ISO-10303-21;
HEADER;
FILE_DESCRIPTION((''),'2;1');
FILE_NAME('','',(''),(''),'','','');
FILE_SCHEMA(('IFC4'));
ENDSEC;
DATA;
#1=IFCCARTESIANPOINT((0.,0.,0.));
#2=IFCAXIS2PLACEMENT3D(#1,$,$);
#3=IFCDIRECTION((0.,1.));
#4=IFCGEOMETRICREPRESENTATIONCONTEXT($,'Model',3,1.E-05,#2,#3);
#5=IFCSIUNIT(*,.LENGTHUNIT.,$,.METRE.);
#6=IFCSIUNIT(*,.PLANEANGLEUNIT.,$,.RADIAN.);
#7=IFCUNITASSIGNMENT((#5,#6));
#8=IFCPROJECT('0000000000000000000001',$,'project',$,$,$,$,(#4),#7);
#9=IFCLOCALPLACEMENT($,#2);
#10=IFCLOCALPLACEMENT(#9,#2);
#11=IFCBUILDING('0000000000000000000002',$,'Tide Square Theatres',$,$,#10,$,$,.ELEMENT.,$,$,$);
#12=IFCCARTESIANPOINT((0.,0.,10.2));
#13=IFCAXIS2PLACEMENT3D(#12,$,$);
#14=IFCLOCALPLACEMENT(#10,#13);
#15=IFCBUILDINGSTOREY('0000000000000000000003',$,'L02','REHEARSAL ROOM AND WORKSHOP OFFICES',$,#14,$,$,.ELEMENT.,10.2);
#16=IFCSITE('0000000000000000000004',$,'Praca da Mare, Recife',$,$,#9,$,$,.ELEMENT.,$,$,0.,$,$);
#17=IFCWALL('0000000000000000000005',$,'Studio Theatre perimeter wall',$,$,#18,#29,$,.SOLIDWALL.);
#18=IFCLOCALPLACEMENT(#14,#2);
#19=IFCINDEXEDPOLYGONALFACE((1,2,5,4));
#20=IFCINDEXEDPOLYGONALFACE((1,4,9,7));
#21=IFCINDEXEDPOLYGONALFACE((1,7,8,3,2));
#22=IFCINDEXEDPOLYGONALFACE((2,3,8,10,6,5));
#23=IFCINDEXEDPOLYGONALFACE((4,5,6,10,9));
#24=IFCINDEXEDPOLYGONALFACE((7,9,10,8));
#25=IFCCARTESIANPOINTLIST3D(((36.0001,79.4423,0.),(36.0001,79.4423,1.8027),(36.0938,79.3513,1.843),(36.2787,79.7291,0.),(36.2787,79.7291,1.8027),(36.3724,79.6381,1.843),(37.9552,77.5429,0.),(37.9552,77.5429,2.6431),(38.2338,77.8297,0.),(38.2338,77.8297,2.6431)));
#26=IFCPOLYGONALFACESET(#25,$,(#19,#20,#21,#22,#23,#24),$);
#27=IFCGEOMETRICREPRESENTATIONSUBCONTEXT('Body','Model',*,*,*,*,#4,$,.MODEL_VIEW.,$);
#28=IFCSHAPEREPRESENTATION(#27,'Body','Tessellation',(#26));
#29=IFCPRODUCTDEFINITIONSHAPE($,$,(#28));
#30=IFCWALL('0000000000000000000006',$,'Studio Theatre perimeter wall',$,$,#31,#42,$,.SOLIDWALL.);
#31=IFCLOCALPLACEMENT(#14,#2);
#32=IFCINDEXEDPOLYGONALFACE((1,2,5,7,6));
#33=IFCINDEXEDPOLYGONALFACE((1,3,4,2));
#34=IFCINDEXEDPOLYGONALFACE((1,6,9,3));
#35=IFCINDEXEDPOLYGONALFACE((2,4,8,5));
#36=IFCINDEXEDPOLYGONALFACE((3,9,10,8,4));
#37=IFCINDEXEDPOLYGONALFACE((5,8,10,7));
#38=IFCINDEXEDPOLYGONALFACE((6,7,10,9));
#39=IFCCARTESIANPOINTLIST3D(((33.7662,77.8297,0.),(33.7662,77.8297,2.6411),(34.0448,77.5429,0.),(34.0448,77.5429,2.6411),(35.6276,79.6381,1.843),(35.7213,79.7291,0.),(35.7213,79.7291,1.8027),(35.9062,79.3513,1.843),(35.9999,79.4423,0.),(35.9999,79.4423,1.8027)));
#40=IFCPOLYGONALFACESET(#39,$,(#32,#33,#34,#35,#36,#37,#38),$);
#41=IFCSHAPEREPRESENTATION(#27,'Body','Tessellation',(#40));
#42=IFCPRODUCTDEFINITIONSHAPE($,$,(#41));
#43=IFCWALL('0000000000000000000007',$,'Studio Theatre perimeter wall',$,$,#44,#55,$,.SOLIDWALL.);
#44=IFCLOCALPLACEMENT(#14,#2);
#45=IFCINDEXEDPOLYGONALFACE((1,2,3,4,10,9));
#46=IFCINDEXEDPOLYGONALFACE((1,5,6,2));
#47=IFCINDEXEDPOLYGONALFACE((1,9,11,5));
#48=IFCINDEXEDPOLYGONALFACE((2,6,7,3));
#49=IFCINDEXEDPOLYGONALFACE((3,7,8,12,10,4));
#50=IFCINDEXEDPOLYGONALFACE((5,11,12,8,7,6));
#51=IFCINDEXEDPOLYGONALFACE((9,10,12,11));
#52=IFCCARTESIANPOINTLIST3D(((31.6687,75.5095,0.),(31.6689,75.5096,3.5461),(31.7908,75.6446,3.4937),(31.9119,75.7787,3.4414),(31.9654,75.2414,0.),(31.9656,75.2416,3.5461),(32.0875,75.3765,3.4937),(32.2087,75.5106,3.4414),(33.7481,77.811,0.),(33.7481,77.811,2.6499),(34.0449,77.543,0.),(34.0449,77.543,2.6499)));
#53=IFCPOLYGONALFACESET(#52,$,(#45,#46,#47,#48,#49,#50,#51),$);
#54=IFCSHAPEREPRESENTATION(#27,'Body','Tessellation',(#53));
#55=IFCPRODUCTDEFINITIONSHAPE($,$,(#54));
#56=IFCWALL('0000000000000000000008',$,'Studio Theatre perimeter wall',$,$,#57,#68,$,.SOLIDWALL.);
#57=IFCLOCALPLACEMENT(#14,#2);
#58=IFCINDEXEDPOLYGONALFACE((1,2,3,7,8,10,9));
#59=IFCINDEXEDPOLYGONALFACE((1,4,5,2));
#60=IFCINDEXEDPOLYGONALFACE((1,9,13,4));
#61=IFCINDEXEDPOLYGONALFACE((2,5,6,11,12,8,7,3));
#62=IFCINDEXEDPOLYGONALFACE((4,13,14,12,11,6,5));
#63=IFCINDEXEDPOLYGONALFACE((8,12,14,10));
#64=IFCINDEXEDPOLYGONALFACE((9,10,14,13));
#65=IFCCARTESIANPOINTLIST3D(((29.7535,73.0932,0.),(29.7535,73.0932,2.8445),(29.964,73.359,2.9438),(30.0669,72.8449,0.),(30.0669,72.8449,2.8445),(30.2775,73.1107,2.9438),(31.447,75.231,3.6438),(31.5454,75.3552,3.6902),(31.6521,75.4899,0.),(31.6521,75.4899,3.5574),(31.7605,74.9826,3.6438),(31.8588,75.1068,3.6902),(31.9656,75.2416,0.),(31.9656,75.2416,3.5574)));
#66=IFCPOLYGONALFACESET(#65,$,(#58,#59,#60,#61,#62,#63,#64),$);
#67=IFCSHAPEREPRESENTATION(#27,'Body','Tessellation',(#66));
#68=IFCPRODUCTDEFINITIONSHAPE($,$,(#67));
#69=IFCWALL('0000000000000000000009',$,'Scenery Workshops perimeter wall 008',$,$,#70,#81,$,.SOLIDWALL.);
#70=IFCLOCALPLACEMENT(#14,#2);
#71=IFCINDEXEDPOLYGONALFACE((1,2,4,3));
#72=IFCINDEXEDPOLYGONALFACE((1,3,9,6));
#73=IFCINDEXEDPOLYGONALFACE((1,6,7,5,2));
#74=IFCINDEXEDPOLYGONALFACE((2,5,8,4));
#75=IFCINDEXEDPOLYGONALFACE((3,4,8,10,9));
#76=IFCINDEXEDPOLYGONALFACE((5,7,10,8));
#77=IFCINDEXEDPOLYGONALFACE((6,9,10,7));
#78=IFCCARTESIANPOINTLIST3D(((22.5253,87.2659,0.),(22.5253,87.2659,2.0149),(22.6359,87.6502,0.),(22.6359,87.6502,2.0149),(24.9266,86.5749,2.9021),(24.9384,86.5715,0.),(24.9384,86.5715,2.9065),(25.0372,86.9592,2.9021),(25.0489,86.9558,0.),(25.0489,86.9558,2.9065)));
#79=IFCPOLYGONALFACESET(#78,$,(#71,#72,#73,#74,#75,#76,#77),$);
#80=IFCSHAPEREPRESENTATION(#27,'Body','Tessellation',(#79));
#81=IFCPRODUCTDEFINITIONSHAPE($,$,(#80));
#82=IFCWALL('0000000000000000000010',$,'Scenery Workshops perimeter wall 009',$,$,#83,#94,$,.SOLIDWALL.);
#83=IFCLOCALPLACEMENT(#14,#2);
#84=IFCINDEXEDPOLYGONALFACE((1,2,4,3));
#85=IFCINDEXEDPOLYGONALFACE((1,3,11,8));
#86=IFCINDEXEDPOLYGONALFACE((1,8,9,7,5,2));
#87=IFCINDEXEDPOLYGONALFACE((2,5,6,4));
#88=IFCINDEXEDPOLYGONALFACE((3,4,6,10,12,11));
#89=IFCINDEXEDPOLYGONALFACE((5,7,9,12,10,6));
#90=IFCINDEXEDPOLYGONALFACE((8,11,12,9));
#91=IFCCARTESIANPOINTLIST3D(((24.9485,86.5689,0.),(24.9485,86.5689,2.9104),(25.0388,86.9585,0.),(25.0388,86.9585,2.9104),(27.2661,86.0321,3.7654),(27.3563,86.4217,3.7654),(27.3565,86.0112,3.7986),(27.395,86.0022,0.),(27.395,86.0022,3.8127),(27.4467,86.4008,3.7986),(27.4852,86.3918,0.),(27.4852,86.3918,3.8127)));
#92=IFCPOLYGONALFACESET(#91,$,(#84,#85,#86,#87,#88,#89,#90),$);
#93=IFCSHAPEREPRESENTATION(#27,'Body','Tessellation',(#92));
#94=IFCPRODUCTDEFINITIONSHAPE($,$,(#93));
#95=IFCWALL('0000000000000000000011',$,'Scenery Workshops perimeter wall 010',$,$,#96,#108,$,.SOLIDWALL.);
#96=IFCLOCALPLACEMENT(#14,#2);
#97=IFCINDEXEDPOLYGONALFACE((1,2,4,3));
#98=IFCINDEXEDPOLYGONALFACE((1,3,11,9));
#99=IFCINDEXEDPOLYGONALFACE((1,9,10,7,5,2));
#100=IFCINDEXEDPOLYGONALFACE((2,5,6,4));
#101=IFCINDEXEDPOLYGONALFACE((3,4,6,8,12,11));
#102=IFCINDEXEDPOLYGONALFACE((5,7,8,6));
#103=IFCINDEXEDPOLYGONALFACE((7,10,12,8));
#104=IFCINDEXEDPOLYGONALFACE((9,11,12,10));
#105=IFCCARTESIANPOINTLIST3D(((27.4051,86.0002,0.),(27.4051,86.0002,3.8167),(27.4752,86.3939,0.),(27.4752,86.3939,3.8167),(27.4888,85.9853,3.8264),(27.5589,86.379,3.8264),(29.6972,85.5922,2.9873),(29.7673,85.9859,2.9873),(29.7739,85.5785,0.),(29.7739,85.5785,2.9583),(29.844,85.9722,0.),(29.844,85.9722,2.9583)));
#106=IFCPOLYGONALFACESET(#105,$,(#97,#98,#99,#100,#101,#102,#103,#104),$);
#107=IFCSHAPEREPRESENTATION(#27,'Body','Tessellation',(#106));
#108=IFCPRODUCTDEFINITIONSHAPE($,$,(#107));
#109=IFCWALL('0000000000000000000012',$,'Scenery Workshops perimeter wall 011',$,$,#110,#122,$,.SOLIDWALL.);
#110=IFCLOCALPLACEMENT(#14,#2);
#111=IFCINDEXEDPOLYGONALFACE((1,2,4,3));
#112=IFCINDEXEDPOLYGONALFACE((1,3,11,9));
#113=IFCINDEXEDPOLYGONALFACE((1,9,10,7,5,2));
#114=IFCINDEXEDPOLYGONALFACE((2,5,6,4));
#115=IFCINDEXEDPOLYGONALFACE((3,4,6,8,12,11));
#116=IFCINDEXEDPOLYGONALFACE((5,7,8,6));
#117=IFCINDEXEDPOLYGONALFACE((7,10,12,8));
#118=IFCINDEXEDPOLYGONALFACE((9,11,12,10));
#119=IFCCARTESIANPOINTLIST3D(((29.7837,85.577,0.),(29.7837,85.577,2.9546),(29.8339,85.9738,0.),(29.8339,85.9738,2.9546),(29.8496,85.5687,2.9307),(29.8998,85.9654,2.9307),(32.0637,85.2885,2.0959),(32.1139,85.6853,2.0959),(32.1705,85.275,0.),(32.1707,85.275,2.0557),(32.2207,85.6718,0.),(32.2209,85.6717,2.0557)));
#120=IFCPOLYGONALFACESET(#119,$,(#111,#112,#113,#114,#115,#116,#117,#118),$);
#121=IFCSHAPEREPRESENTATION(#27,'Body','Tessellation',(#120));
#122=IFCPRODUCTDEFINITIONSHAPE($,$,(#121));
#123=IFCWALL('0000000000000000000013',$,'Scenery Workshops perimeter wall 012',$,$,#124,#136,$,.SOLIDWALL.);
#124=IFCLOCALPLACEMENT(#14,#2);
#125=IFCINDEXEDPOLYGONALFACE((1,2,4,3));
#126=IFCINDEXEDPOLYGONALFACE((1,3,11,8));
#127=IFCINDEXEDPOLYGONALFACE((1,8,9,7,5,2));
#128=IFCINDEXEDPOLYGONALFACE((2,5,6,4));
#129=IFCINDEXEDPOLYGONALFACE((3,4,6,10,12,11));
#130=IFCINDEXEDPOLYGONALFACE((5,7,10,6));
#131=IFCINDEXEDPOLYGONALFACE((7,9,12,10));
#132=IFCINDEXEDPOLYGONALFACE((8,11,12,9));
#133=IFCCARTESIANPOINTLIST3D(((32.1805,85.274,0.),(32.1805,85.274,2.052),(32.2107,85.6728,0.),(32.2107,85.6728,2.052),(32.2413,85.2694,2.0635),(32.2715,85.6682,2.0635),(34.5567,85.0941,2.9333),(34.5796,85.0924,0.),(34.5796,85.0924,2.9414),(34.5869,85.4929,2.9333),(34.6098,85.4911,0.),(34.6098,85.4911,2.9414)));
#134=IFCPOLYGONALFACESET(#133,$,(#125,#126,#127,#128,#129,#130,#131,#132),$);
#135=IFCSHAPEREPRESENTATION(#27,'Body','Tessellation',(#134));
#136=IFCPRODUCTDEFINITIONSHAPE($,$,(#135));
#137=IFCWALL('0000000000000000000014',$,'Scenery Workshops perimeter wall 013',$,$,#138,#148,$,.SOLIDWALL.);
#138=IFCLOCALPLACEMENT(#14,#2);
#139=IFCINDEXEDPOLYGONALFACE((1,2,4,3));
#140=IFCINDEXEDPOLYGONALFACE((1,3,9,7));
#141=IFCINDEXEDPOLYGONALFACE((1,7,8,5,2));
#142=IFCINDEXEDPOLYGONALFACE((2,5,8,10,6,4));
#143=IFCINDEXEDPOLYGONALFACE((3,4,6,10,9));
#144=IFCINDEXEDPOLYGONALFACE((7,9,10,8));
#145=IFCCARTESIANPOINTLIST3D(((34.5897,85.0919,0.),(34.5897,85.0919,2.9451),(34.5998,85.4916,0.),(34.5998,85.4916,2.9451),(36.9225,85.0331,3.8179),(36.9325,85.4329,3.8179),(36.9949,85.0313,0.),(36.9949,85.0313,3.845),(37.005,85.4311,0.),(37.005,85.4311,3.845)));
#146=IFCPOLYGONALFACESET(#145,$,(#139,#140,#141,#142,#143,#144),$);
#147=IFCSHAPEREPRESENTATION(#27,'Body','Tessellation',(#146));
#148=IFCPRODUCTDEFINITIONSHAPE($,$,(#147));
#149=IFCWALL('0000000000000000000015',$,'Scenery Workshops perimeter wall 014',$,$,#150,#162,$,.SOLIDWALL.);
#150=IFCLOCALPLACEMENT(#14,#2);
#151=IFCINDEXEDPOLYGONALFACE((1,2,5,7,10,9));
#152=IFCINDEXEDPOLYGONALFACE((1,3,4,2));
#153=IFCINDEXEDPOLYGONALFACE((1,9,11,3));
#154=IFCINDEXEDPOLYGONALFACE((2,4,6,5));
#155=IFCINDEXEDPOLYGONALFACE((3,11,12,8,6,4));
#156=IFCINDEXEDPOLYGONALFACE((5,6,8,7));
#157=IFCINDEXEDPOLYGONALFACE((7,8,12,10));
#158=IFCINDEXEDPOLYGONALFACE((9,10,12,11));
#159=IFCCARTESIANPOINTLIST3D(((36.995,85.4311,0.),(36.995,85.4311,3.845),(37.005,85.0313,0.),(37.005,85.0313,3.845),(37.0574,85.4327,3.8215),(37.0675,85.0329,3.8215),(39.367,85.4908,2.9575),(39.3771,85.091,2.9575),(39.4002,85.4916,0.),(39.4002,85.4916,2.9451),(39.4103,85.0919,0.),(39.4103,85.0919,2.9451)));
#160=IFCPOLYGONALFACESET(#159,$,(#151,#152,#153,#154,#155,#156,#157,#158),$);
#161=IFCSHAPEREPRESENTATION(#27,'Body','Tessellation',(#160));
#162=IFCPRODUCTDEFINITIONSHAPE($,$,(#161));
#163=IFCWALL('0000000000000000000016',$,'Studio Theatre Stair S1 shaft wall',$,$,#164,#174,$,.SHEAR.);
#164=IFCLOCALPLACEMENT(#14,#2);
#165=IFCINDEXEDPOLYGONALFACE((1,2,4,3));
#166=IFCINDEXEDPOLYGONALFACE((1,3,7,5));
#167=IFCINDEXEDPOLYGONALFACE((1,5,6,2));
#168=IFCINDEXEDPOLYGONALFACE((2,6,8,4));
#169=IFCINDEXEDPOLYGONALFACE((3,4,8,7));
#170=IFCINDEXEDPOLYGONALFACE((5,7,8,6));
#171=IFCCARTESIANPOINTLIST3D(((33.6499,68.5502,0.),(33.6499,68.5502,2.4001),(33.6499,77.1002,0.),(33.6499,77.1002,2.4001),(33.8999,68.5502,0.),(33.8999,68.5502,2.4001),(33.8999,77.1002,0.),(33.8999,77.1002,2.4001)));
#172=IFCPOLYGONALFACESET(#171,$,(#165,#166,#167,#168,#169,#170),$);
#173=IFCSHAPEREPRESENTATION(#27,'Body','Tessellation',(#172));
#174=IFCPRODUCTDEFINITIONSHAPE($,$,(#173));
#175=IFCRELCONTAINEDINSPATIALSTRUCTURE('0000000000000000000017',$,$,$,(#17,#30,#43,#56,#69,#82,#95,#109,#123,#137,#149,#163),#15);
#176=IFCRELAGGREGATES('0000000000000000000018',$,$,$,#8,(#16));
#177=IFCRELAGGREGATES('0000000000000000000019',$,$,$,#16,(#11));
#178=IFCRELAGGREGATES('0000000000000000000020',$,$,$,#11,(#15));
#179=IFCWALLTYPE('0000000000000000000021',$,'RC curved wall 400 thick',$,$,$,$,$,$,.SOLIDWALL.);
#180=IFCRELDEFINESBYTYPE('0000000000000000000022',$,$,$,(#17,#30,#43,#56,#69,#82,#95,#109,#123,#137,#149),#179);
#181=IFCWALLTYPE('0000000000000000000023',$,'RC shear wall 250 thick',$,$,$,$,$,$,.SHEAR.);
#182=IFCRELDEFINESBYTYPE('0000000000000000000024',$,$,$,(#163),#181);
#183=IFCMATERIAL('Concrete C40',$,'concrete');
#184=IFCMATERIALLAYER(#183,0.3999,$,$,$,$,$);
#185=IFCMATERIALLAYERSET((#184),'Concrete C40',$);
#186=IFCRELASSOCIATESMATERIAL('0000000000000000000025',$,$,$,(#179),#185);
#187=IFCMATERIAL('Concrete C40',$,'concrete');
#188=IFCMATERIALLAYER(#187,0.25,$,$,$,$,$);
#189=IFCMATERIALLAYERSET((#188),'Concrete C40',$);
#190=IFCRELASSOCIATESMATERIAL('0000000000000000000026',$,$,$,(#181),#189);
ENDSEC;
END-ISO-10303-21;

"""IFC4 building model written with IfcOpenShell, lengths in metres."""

from ifc_helpers import new_model, si_unit, direction, frame, frame_2d, origin, place, context, subcontext, project, spatial, polyline, rectangle, outline, extrude, material, layer, layer_set, type_object, element, save


model = new_model("IFC4")

# Units and contexts
model_context = context("Model", 3, precision=1e-05, world=origin(), true_north=direction((0.0, 1.0)))
body_context = subcontext(model_context, "Body", "Model", "MODEL_VIEW")
ifc_project = project(units=[si_unit("LENGTHUNIT", "METRE"), si_unit("PLANEANGLEUNIT", "RADIAN")], contexts=[model_context])

# Site, building, storey
site_placement = place(None, origin())
site = spatial("IfcSite", under=ifc_project, at=site_placement, Name="Praca da Mare, Recife", CompositionType="ELEMENT", RefElevation=0.0)
building_placement = place(site_placement, origin())
building = spatial("IfcBuilding", under=site, at=building_placement, Name="Tide Square Theatres", CompositionType="ELEMENT")
storey_placement = place(building_placement, frame((0.0, 0.0, 10.2)))
storey = spatial("IfcBuildingStorey", under=building, at=storey_placement, Name="L02", Description="REHEARSAL ROOM AND WORKSHOP OFFICES", CompositionType="ELEMENT", Elevation=10.2)

# Walls
ifc_material_1 = material(Name="Concrete C40", Category="concrete")
ifc_layer_1 = layer(ifc_material_1, 0.3999)
ifc_layer_set_1 = layer_set([ifc_layer_1], Name="Concrete C40")
wall_type_1 = type_object("IfcWallType", Name="RC curved wall 400 thick", PredefinedType="SOLIDWALL", material=ifc_layer_set_1)
wall_1_placement = place(storey_placement, frame((38.0945, 77.6863, 0.0), z_axis=(0.0, 0.0, 1.0), x_axis=(-0.717244, 0.696823, 0.0)))
element("IfcWall", 1, at=wall_1_placement, inside=storey, type_object=wall_type_1, Name="Studio Theatre perimeter wall", PredefinedType="SOLIDWALL", context=body_context, shape_type="SweptSolid", body=[
    extrude(outline(polyline([(0.0, 0.0), (2.7258, 0.0), (2.7258, 1.8027), (2.5952, 1.843), (0.0, 2.6431), (0.0, 0.0)])), frame((0.0, 0.2, 0.0), z_axis=(0.0, -1.0, 0.0), x_axis=(1.0, 0.0, 0.0)), (0.0, 0.0, 1.0), 0.3999),
])
wall_2_placement = place(storey_placement, frame((35.8606, 79.5857, 0.0), z_axis=(0.0, 0.0, 1.0), x_axis=(-0.717244, -0.696823, 0.0)))
element("IfcWall", 2, at=wall_2_placement, inside=storey, type_object=wall_type_1, Name="Studio Theatre perimeter wall", PredefinedType="SOLIDWALL", context=body_context, shape_type="SweptSolid", body=[
    extrude(outline(polyline([(0.0, 0.0), (2.7258, 0.0), (2.7258, 2.6411), (0.1306, 1.843), (0.0, 1.8027), (0.0, 0.0)])), frame((0.0, 0.2, 0.0), z_axis=(0.0, -1.0, 0.0), x_axis=(1.0, 0.0, 0.0)), (0.0, 0.0, 1.0), 0.3999),
])
wall_3_placement = place(storey_placement, frame((33.8965, 77.677, 0.0), z_axis=(0.0, 0.0, 1.0), x_axis=(-0.670386, -0.742013, 0.0)))
element("IfcWall", 3, at=wall_3_placement, inside=storey, type_object=wall_type_1, Name="Studio Theatre perimeter wall", PredefinedType="SOLIDWALL", context=body_context, shape_type="SweptSolid", body=[
    extrude(outline(polyline([(0.0, 0.0), (3.1018, 0.0), (3.1016, 3.5461), (2.9197, 3.4937), (2.739, 3.4414), (0.0, 2.6499), (0.0, 0.0)])), frame((0.0, 0.2, 0.0), z_axis=(0.0, -1.0, 0.0), x_axis=(1.0, 0.0, 0.0)), (0.0, 0.0, 1.0), 0.3999),
])
wall_4_placement = place(storey_placement, frame((31.8088, 75.3657, 0.0), z_axis=(0.0, 0.0, 1.0), x_axis=(-0.620959, -0.783843, 0.0)))
element("IfcWall", 4, at=wall_4_placement, inside=storey, type_object=wall_type_1, Name="Studio Theatre perimeter wall", PredefinedType="SOLIDWALL", context=body_context, shape_type="SweptSolid", body=[
    extrude(outline(polyline([(0.0, 0.0), (3.0576, 0.0), (3.0576, 2.8445), (2.7185, 2.9438), (0.3303, 3.6438), (0.1719, 3.6902), (0.0, 3.5574), (0.0, 0.0)])), frame((0.0, 0.2, 0.0), z_axis=(0.0, -1.0, 0.0), x_axis=(1.0, 0.0, 0.0)), (0.0, 0.0, 1.0), 0.3999),
])
wall_5_placement = place(storey_placement, frame((22.5806, 87.458, 0.0), z_axis=(0.0, 0.0, 1.0), x_axis=(0.961009, -0.276518, 0.0)))
element("IfcWall", 5, at=wall_5_placement, inside=storey, type_object=wall_type_1, Name="Scenery Workshops perimeter wall 008", PredefinedType="SOLIDWALL", context=body_context, shape_type="SweptSolid", body=[
    extrude(outline(polyline([(0.0, 0.0), (2.511, 0.0), (2.511, 2.9065), (2.4988, 2.9021), (0.0, 2.0149), (0.0, 0.0)])), frame((0.0, 0.2, 0.0), z_axis=(0.0, -1.0, 0.0), x_axis=(1.0, 0.0, 0.0)), (0.0, 0.0, 1.0), 0.3999),
])
wall_6_placement = place(storey_placement, frame((24.9937, 86.7637, 0.0), z_axis=(0.0, 0.0, 1.0), x_axis=(0.974211, -0.22564, 0.0)))
element("IfcWall", 6, at=wall_6_placement, inside=storey, type_object=wall_type_1, Name="Scenery Workshops perimeter wall 009", PredefinedType="SOLIDWALL", context=body_context, shape_type="SweptSolid", body=[
    extrude(outline(polyline([(0.0, 0.0), (2.5112, 0.0), (2.5112, 3.8127), (2.4717, 3.7986), (2.3789, 3.7654), (0.0, 2.9104), (0.0, 0.0)])), frame((0.0, 0.2, 0.0), z_axis=(0.0, -1.0, 0.0), x_axis=(1.0, 0.0, 0.0)), (0.0, 0.0, 1.0), 0.3999),
])
wall_7_placement = place(storey_placement, frame((27.4402, 86.197, 0.0), z_axis=(0.0, 0.0, 1.0), x_axis=(0.984524, -0.17525, 0.0)))
element("IfcWall", 7, at=wall_7_placement, inside=storey, type_object=wall_type_1, Name="Scenery Workshops perimeter wall 010", PredefinedType="SOLIDWALL", context=body_context, shape_type="SweptSolid", body=[
    extrude(outline(polyline([(0.0, 0.0), (2.406, 0.0), (2.406, 2.9583), (2.3281, 2.9873), (0.085, 3.8264), (0.0, 3.8167), (0.0, 0.0)])), frame((0.0, 0.2, 0.0), z_axis=(0.0, -1.0, 0.0), x_axis=(1.0, 0.0, 0.0)), (0.0, 0.0, 1.0), 0.3999),
])
wall_8_placement = place(storey_placement, frame((29.8088, 85.7754, 0.0), z_axis=(0.0, 0.0, 1.0), x_axis=(0.992089, -0.125533, 0.0)))
element("IfcWall", 8, at=wall_8_placement, inside=storey, type_object=wall_type_1, Name="Scenery Workshops perimeter wall 011", PredefinedType="SOLIDWALL", context=body_context, shape_type="SweptSolid", body=[
    extrude(outline(polyline([(0.0, 0.0), (2.4058, 0.0), (2.406, 2.0557), (2.2981, 2.0959), (0.0664, 2.9307), (0.0, 2.9546), (0.0, 0.0)])), frame((0.0, 0.2, 0.0), z_axis=(0.0, -1.0, 0.0), x_axis=(1.0, 0.0, 0.0)), (0.0, 0.0, 1.0), 0.3999),
])
wall_9_placement = place(storey_placement, frame((32.1956, 85.4734, 0.0), z_axis=(0.0, 0.0, 1.0), x_axis=(0.997146, -0.075494, 0.0)))
element("IfcWall", 9, at=wall_9_placement, inside=storey, type_object=wall_type_1, Name="Scenery Workshops perimeter wall 012", PredefinedType="SOLIDWALL", context=body_context, shape_type="SweptSolid", body=[
    extrude(outline(polyline([(0.0, 0.0), (2.406, 0.0), (2.406, 2.9414), (2.3831, 2.9333), (0.061, 2.0635), (0.0, 2.052), (0.0, 0.0)])), frame((0.0, 0.2, 0.0), z_axis=(0.0, -1.0, 0.0), x_axis=(1.0, 0.0, 0.0)), (0.0, 0.0, 1.0), 0.3999),
])
wall_10_placement = place(storey_placement, frame((34.5947, 85.2917, 0.0), z_axis=(0.0, 0.0, 1.0), x_axis=(0.999683, -0.025165, 0.0)))
element("IfcWall", 10, at=wall_10_placement, inside=storey, type_object=wall_type_1, Name="Scenery Workshops perimeter wall 013", PredefinedType="SOLIDWALL", context=body_context, shape_type="SweptSolid", body=[
    extrude(outline(polyline([(0.0, 0.0), (2.406, 0.0), (2.406, 3.845), (2.3335, 3.8179), (0.0, 2.9451), (0.0, 0.0)])), frame((0.0, 0.2, 0.0), z_axis=(0.0, -1.0, 0.0), x_axis=(1.0, 0.0, 0.0)), (0.0, 0.0, 1.0), 0.3999),
])
wall_11_placement = place(storey_placement, frame((37.0, 85.2312, 0.0), z_axis=(0.0, 0.0, 1.0), x_axis=(0.999683, 0.025165, 0.0)))
element("IfcWall", 11, at=wall_11_placement, inside=storey, type_object=wall_type_1, Name="Scenery Workshops perimeter wall 014", PredefinedType="SOLIDWALL", context=body_context, shape_type="SweptSolid", body=[
    extrude(outline(polyline([(0.0, 0.0), (2.406, 0.0), (2.406, 2.9451), (2.3728, 2.9575), (0.0625, 3.8215), (0.0, 3.845), (0.0, 0.0)])), frame((0.0, 0.2, 0.0), z_axis=(0.0, -1.0, 0.0), x_axis=(1.0, 0.0, 0.0)), (0.0, 0.0, 1.0), 0.3999),
])
ifc_material_2 = material(Name="Concrete C40", Category="concrete")
ifc_layer_2 = layer(ifc_material_2, 0.25)
ifc_layer_set_2 = layer_set([ifc_layer_2], Name="Concrete C40")
wall_type_2 = type_object("IfcWallType", Name="RC shear wall 250 thick", PredefinedType="SHEAR", material=ifc_layer_set_2)
wall_12_placement = place(storey_placement, frame((33.7749, 77.1001, 0.0), z_axis=(0.0, 0.0, 1.0), x_axis=(0.0, -1.0, 0.0)))
element("IfcWall", 12, at=wall_12_placement, inside=storey, type_object=wall_type_2, Name="Studio Theatre Stair S1 shaft wall", PredefinedType="SHEAR", context=body_context, shape_type="SweptSolid", body=[
    extrude(rectangle(XDim=8.55, YDim=0.25, at=frame_2d((4.2749, 0.0))), origin(), (0.0, 0.0, 1.0), 2.4001),
])

save(model, "model.ifc")
